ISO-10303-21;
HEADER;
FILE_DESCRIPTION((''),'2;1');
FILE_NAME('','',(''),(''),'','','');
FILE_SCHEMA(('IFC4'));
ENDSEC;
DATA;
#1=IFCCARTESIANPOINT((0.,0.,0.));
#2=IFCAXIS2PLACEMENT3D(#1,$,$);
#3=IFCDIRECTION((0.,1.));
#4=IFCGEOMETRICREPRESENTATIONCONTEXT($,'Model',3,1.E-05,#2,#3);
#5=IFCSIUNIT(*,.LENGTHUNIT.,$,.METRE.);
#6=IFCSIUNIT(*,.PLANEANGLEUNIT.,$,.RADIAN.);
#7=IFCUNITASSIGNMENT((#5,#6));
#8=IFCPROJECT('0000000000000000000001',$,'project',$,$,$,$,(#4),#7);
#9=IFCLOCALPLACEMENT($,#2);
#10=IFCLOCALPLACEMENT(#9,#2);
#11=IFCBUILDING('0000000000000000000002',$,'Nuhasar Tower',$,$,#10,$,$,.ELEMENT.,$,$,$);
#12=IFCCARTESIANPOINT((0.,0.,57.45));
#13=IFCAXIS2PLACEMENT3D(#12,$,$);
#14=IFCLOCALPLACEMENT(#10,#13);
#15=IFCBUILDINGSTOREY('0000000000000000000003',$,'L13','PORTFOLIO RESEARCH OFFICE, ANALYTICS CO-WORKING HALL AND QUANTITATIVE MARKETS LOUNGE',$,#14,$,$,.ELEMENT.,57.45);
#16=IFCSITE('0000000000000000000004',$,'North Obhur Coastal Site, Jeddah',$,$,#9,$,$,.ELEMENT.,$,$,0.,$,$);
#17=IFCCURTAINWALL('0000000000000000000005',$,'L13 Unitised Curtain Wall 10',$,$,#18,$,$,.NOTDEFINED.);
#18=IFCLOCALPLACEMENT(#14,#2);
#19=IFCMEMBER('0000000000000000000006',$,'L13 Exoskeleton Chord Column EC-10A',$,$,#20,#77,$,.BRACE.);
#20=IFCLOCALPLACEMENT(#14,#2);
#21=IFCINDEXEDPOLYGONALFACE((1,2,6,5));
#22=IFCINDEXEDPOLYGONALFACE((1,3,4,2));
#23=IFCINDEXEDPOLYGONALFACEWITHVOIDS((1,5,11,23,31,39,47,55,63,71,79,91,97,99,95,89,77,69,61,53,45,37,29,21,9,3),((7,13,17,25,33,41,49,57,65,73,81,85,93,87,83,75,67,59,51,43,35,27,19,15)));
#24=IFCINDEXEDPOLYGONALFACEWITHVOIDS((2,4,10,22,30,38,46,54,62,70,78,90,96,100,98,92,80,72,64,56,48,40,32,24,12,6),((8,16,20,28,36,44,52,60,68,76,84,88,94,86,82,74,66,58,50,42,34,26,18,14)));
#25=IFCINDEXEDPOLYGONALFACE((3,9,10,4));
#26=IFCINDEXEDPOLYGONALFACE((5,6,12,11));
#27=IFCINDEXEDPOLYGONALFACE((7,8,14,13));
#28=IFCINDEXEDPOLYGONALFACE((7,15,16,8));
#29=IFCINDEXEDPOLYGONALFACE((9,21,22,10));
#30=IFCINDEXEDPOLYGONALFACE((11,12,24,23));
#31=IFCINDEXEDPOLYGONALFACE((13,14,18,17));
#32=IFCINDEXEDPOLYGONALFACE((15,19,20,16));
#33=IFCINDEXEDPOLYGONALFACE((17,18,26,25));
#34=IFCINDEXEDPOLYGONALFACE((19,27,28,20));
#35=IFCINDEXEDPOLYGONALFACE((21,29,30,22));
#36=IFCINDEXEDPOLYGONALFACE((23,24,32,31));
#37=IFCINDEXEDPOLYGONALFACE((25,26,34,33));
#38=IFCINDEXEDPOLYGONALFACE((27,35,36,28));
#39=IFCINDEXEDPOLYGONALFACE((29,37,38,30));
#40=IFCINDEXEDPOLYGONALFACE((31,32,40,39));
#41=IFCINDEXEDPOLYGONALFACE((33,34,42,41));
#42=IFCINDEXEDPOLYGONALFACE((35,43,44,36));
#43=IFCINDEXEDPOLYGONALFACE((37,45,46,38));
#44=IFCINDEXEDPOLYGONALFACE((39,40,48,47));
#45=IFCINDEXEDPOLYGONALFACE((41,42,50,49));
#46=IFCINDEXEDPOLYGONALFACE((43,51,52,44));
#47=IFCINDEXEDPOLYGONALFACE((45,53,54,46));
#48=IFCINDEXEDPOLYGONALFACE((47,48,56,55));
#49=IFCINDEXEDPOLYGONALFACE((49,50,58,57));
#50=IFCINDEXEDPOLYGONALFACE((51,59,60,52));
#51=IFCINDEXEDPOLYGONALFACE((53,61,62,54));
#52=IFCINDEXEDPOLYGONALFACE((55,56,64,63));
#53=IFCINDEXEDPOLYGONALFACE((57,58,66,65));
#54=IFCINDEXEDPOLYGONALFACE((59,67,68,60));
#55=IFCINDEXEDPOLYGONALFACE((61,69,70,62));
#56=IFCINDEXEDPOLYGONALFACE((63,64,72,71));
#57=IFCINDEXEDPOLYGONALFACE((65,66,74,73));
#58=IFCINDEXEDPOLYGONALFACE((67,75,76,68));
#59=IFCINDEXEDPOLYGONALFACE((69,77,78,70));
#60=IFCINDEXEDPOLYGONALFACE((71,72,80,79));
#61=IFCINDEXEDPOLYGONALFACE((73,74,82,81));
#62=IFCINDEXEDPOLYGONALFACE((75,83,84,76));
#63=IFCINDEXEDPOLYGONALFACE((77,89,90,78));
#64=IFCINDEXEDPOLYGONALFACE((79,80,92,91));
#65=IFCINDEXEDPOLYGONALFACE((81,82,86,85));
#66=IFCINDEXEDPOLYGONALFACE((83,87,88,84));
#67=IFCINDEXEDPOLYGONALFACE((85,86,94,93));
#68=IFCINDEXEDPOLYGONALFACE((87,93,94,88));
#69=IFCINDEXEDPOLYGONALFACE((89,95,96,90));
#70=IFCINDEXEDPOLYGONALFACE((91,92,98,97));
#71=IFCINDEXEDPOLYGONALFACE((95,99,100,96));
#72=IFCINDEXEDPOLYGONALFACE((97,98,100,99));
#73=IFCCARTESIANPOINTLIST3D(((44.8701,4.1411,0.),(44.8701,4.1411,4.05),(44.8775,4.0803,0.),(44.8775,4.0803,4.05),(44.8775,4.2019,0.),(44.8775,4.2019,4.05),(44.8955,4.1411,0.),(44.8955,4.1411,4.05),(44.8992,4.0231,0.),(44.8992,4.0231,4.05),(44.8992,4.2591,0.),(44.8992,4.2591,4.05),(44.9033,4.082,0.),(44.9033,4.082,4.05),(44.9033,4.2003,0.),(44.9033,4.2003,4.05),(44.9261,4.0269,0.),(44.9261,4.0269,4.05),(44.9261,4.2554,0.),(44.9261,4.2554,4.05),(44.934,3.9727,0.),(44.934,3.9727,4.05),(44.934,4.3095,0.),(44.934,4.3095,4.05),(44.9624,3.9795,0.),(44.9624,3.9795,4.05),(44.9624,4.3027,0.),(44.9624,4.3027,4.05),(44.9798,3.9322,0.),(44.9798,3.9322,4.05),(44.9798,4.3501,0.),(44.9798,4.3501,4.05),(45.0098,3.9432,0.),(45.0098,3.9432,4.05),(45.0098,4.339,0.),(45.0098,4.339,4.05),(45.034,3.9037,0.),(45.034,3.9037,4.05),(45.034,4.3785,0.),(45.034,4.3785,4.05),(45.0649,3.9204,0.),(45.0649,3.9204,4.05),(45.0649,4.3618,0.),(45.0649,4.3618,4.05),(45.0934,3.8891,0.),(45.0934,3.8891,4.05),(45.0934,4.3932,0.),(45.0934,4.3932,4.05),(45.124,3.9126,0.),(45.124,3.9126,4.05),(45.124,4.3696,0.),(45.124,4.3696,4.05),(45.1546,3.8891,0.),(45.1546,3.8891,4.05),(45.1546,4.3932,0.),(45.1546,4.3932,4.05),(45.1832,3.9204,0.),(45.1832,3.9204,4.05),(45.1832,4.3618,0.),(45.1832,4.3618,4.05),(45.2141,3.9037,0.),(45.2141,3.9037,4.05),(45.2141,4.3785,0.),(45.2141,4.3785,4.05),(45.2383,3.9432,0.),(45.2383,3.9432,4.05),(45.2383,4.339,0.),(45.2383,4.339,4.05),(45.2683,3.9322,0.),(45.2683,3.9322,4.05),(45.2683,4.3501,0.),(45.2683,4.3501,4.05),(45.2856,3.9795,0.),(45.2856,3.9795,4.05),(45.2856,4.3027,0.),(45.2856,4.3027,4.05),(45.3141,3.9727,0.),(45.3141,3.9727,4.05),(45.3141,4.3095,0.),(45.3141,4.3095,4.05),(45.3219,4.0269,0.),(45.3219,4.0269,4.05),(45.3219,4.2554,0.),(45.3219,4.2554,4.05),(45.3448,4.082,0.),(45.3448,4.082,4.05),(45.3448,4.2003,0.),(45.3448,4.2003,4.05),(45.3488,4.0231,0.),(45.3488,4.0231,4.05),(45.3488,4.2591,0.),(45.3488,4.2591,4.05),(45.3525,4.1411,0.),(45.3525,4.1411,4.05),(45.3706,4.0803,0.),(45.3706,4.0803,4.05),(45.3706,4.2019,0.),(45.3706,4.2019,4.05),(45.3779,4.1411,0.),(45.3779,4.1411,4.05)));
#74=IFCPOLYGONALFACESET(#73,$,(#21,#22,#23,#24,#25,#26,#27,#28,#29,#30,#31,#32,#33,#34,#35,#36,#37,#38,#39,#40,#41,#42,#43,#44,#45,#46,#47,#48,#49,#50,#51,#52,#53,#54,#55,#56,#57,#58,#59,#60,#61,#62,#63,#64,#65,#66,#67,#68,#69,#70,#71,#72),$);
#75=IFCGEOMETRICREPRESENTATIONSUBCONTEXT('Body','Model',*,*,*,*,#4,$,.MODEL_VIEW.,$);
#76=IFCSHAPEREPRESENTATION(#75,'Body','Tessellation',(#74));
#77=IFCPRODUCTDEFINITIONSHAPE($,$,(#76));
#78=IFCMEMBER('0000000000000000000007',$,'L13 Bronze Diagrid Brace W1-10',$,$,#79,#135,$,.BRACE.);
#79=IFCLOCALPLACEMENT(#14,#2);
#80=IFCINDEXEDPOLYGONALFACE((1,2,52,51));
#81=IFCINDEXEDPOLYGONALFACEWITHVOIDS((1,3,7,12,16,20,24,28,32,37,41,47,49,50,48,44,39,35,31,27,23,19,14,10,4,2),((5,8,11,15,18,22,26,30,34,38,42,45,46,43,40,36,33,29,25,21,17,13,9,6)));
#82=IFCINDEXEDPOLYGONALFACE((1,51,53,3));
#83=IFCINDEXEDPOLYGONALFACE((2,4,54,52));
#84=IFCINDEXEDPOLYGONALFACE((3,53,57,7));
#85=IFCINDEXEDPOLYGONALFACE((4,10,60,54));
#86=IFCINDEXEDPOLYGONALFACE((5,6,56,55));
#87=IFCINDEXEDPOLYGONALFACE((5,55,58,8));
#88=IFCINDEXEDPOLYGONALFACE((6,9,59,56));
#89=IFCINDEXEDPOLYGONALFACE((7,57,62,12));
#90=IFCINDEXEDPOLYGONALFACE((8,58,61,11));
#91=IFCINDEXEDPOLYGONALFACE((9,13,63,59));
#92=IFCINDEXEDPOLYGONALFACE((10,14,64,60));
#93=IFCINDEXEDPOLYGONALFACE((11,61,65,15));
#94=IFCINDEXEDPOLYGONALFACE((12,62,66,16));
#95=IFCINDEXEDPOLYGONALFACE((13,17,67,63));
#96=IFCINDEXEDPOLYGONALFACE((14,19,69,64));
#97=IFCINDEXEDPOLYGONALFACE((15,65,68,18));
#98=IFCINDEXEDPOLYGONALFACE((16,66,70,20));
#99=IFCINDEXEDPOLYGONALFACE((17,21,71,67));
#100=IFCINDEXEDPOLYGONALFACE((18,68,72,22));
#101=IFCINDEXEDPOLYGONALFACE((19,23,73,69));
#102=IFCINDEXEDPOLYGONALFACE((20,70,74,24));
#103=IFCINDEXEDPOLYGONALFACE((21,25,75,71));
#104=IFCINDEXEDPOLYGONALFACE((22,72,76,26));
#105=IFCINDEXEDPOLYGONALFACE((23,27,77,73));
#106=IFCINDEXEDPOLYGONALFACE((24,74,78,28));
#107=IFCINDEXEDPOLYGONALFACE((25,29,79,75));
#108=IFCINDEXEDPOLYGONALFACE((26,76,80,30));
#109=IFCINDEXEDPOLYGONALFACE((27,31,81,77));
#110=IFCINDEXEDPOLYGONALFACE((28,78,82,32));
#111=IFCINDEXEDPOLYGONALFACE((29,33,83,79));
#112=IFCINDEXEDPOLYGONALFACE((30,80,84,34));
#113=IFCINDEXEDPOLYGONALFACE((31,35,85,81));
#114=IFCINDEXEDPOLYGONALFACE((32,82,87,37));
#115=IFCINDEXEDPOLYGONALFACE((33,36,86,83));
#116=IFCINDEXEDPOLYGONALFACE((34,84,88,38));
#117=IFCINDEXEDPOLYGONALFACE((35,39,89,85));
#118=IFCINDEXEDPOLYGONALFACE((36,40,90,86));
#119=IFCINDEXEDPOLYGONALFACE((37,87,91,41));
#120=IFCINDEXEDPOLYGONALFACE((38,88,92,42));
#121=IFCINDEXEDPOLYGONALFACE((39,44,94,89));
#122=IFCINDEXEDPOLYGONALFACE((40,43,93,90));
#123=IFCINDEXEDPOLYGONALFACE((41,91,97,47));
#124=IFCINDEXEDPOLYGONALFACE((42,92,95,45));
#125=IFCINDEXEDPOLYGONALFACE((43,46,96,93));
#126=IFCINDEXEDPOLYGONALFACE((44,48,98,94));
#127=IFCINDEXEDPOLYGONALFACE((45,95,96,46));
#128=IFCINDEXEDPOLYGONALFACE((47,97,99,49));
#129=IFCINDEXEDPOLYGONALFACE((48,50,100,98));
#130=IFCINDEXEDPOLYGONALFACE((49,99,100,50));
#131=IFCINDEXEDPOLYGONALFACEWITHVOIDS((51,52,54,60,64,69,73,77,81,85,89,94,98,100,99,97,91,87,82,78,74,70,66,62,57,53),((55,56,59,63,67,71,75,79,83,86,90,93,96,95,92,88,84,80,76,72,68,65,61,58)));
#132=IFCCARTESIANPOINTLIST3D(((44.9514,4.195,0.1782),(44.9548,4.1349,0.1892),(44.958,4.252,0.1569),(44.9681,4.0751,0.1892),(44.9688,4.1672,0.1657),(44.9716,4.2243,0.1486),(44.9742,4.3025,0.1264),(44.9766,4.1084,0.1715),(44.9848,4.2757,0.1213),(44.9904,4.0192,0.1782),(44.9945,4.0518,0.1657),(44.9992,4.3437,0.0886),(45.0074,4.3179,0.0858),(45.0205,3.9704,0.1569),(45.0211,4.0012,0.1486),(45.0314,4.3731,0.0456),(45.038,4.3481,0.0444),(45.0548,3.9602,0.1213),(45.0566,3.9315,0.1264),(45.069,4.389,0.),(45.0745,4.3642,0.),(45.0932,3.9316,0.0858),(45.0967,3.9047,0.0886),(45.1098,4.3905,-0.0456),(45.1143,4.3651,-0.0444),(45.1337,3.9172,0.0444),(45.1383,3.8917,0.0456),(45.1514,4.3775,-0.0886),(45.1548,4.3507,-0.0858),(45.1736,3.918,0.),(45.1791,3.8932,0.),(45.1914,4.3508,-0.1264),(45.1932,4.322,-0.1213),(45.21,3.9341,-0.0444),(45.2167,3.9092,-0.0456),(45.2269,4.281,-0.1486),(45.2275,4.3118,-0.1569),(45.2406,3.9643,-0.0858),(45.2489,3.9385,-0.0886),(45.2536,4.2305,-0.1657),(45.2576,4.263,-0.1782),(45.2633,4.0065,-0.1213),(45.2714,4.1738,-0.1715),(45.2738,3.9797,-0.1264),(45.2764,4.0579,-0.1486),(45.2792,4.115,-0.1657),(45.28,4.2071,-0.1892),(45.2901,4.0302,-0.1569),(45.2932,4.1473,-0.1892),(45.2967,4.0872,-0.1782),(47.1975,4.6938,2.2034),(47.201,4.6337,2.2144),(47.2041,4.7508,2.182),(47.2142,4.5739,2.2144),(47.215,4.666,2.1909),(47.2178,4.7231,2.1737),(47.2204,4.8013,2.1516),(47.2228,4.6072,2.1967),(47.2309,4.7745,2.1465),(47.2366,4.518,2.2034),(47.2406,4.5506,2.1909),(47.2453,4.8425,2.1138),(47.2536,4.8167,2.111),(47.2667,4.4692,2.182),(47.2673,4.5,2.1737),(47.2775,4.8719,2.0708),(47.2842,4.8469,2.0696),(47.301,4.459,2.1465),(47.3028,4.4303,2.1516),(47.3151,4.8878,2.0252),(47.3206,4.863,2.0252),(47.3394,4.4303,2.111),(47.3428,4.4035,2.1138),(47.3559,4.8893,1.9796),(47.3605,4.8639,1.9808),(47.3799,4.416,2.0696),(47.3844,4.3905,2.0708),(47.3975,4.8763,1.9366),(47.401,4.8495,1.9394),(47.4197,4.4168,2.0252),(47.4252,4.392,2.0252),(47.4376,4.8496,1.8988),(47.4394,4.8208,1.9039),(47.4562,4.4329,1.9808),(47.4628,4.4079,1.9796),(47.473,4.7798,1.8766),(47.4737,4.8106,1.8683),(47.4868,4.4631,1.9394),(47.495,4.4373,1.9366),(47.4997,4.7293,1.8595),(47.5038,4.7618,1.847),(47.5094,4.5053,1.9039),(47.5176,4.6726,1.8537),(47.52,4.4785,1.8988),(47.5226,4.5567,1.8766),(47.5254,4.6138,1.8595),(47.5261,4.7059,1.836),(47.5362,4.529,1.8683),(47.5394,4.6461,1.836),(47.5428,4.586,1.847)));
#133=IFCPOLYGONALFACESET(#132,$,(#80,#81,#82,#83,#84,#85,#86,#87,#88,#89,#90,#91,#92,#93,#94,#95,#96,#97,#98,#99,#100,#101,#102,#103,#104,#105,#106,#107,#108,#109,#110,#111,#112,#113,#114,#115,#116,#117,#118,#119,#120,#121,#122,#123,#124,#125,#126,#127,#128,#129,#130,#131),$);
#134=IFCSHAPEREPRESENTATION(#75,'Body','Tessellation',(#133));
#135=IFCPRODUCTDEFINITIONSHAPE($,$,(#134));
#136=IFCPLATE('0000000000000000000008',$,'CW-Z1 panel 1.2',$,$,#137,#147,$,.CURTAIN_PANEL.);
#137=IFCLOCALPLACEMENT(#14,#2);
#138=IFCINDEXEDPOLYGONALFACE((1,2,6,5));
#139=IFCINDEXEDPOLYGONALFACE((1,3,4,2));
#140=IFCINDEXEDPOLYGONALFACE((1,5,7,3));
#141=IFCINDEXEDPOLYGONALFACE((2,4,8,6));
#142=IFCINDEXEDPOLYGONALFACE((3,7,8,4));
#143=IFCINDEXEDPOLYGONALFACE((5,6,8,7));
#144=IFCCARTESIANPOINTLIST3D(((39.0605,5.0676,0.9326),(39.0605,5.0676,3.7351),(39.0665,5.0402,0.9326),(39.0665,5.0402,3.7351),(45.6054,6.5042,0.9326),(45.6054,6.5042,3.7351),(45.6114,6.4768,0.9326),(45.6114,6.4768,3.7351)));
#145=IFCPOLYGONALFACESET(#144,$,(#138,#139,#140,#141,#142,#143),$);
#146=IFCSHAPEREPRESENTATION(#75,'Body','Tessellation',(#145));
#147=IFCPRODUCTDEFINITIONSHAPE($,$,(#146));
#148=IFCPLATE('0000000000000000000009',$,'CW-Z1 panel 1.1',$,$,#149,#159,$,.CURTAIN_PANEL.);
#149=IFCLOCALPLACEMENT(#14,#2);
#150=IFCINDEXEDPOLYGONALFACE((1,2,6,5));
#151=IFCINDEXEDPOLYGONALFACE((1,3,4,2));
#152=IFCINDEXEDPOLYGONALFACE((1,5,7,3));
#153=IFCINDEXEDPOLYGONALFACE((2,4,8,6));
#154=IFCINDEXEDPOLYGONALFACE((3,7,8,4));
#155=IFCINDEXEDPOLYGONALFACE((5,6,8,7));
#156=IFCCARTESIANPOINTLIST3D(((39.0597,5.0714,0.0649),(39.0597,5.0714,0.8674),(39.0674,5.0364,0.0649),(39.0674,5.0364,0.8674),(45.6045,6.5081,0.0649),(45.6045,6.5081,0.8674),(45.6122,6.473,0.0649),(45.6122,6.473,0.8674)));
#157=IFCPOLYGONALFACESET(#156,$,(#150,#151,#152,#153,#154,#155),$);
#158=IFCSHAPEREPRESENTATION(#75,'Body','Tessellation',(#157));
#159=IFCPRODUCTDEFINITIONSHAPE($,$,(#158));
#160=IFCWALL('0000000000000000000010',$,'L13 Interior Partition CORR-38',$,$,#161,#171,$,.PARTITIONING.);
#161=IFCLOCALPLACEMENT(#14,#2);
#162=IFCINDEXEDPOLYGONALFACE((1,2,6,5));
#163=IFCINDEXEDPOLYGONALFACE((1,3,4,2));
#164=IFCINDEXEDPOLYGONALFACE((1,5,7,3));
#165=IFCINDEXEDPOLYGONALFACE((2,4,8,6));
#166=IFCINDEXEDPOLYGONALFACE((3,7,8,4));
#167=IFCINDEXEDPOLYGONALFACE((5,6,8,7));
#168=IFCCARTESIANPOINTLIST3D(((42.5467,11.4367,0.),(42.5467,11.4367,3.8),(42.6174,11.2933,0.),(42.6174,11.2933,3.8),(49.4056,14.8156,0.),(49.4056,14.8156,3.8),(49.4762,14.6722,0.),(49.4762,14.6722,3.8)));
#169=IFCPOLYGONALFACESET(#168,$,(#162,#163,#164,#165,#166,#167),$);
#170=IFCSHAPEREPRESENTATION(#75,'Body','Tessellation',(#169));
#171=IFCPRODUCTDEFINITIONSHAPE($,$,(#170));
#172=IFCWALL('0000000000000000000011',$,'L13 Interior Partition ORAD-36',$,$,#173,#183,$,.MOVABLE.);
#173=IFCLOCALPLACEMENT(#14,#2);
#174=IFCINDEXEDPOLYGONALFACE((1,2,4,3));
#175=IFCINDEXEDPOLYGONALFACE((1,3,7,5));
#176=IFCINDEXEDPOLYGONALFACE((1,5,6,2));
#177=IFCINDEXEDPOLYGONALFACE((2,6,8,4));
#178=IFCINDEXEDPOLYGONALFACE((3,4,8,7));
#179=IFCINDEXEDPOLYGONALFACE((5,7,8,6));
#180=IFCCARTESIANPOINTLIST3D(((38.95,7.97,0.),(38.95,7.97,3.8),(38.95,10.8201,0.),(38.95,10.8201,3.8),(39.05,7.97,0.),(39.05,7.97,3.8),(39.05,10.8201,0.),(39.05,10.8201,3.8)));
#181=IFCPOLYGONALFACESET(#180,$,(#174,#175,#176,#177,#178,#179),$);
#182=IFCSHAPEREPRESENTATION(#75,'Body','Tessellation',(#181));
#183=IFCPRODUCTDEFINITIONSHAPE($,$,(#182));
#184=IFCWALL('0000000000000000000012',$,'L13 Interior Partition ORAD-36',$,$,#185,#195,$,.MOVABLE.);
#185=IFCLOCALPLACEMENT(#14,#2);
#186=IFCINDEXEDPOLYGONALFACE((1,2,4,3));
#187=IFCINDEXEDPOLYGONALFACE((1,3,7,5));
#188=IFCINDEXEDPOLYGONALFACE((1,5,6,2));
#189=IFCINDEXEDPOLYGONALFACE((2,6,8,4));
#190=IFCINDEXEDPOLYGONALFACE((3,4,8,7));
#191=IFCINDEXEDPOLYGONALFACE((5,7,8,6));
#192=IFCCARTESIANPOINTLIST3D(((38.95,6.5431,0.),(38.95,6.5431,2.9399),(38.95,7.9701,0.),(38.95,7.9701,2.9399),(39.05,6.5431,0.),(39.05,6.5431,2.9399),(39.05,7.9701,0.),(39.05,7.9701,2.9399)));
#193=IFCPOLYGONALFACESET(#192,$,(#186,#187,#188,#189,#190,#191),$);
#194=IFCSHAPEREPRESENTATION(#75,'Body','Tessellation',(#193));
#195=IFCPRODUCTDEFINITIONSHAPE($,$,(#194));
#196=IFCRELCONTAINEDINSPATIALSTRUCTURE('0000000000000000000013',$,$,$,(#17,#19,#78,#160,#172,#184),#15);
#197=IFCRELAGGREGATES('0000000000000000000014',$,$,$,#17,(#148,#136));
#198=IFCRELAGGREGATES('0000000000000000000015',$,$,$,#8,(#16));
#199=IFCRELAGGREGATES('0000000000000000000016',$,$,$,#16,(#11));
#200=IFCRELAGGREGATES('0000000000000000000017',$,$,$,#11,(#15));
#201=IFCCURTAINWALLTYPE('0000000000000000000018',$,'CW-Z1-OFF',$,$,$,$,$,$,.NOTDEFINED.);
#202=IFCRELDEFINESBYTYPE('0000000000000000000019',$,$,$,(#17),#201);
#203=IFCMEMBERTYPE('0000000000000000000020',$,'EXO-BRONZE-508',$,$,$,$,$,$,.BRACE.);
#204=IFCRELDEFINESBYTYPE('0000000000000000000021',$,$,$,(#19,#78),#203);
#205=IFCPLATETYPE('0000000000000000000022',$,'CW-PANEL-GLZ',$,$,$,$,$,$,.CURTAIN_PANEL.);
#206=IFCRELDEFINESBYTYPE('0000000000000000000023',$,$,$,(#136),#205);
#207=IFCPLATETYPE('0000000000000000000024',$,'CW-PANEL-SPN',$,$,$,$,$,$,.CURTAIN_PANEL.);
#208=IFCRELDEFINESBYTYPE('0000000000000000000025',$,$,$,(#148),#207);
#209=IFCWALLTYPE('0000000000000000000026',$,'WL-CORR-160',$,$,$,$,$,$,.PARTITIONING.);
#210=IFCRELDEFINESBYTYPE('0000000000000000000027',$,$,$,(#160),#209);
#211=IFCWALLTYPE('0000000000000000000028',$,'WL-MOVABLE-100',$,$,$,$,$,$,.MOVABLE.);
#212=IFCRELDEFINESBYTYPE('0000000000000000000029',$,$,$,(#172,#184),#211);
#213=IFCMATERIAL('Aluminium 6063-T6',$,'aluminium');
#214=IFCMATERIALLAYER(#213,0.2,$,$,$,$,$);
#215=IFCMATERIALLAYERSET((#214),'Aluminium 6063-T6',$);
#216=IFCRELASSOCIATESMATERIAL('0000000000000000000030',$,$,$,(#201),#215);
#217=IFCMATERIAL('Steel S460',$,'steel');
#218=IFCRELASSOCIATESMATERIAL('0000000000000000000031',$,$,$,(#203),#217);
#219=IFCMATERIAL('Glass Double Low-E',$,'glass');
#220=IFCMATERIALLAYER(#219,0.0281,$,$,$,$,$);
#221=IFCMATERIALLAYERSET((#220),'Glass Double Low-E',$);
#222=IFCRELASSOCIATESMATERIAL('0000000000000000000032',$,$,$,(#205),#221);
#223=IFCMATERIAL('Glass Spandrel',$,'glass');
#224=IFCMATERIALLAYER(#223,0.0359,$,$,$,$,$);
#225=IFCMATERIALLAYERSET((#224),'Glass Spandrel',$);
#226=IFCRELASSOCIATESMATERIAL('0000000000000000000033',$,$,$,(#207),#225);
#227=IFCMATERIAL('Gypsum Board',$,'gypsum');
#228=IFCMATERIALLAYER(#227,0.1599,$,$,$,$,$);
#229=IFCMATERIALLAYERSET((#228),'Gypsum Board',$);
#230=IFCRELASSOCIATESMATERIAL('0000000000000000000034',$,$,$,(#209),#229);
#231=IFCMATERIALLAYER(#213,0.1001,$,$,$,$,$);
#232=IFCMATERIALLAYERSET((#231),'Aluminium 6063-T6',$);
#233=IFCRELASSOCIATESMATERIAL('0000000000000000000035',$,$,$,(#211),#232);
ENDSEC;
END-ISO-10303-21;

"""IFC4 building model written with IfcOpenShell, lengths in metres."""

from ifc_helpers import new_model, si_unit, direction, frame, frame_2d, origin, origin_2d, place, context, subcontext, project, spatial, rectangle, hollow_circle, extrude, material, layer, layer_set, material_profile, profile_set, type_object, element, aggregate, save


model = new_model("IFC4")

# Units and contexts
model_context = context("Model", 3, precision=1e-05, world=origin(), true_north=direction((0.0, 1.0)))
body_context = subcontext(model_context, "Body", "Model", "MODEL_VIEW")
ifc_project = project(units=[si_unit("LENGTHUNIT", "METRE"), si_unit("PLANEANGLEUNIT", "RADIAN")], contexts=[model_context])

# Site, building, storey
site_placement = place(None, origin())
site = spatial("IfcSite", under=ifc_project, at=site_placement, Name="North Obhur Coastal Site, Jeddah", CompositionType="ELEMENT", RefElevation=0.0)
building_placement = place(site_placement, origin())
building = spatial("IfcBuilding", under=site, at=building_placement, Name="Nuhasar Tower", CompositionType="ELEMENT")
storey_placement = place(building_placement, frame((0.0, 0.0, 57.45)))
storey = spatial("IfcBuildingStorey", under=building, at=storey_placement, Name="L13", Description="PORTFOLIO RESEARCH OFFICE, ANALYTICS CO-WORKING HALL AND QUANTITATIVE MARKETS LOUNGE", CompositionType="ELEMENT", Elevation=57.45)

# Curtain wall
ifc_material_1 = material(Name="Aluminium 6063-T6", Category="aluminium")
ifc_layer_1 = layer(ifc_material_1, 0.2)
ifc_layer_set_1 = layer_set([ifc_layer_1], Name="Aluminium 6063-T6")
curtain_wall_type = type_object("IfcCurtainWallType", Name="CW-Z1-OFF", PredefinedType="NOTDEFINED", material=ifc_layer_set_1)
curtain_wall_placement = place(storey_placement, origin())
curtain_wall = element("IfcCurtainWall", 1, at=curtain_wall_placement, inside=storey, type_object=curtain_wall_type, Name="L13 Unitised Curtain Wall 10", PredefinedType="NOTDEFINED")

# Members
ifc_material_2 = material(Name="Steel S460", Category="steel")
ifc_material_profile_1 = material_profile(ifc_material_2, hollow_circle(Radius=0.2539, WallThickness=0.0254, at=origin_2d()), Name="HSS508X25.4")
ifc_profile_set_1 = profile_set([ifc_material_profile_1], Name="Steel S460")
member_type_1 = type_object("IfcMemberType", Name="EXO-BRONZE-508", PredefinedType="BRACE", material=ifc_profile_set_1)
member_1_placement = place(storey_placement, frame((45.124, 4.1411, 0.0), z_axis=(0.0, 0.0, 1.0), x_axis=(1.0, 0.0, 0.0)))
element("IfcMember", 2, at=member_1_placement, inside=storey, type_object=member_type_1, Name="L13 Exoskeleton Chord Column EC-10A", PredefinedType="BRACE", context=body_context, shape_type="SweptSolid", body=[
    extrude(hollow_circle(Radius=0.2539, WallThickness=0.0254, at=origin_2d()), origin(), (0.0, 0.0, 1.0), 4.05),
])
member_2_placement = place(storey_placement, frame((45.124, 4.1411, 0.0), z_axis=(0.732792, 0.162728, 0.660708), x_axis=(-0.216784, 0.97622, 0.0)))
element("IfcMember", 3, at=member_2_placement, inside=storey, type_object=member_type_1, Name="L13 Bronze Diagrid Brace W1-10", PredefinedType="BRACE", context=body_context, shape_type="SweptSolid", body=[
    extrude(hollow_circle(Radius=0.2539, WallThickness=0.0254, at=origin_2d()), origin(), (0.0, 0.0, 1.0), 3.0652),
])

# Plates
ifc_material_3 = material(Name="Glass Double Low-E", Category="glass")
ifc_layer_2 = layer(ifc_material_3, 0.0281)
ifc_layer_set_2 = layer_set([ifc_layer_2], Name="Glass Double Low-E")
plate_type_1 = type_object("IfcPlateType", Name="CW-PANEL-GLZ", PredefinedType="CURTAIN_PANEL", material=ifc_layer_set_2)
plate_1_placement = place(storey_placement, frame((42.3359, 5.7722, 0.9326), z_axis=(0.0, 0.0, 1.0), x_axis=(0.976746, 0.214399, 0.0)))
plate_1 = element("IfcPlate", 4, at=plate_1_placement, type_object=plate_type_1, Name="CW-Z1 panel 1.2", PredefinedType="CURTAIN_PANEL", context=body_context, shape_type="SweptSolid", body=[
    extrude(rectangle(XDim=6.7007, YDim=0.0281, at=origin_2d()), origin(), (0.0, 0.0, 1.0), 2.8025),
])
ifc_material_4 = material(Name="Glass Spandrel", Category="glass")
ifc_layer_3 = layer(ifc_material_4, 0.0359)
ifc_layer_set_3 = layer_set([ifc_layer_3], Name="Glass Spandrel")
plate_type_2 = type_object("IfcPlateType", Name="CW-PANEL-SPN", PredefinedType="CURTAIN_PANEL", material=ifc_layer_set_3)
plate_2_placement = place(storey_placement, frame((42.3359, 5.7722, 0.0649), z_axis=(0.0, 0.0, 1.0), x_axis=(0.976746, 0.214399, 0.0)))
plate_2 = element("IfcPlate", 5, at=plate_2_placement, type_object=plate_type_2, Name="CW-Z1 panel 1.1", PredefinedType="CURTAIN_PANEL", context=body_context, shape_type="SweptSolid", body=[
    extrude(rectangle(XDim=6.7007, YDim=0.0359, at=origin_2d()), origin(), (0.0, 0.0, 1.0), 0.8025),
])
aggregate(curtain_wall, [plate_2, plate_1])

# Shared definitions
ifc_material_5 = material(Name="Gypsum Board", Category="gypsum")
ifc_layer_4 = layer(ifc_material_5, 0.1599)
ifc_layer_set_4 = layer_set([ifc_layer_4], Name="Gypsum Board")
wall_type_1 = type_object("IfcWallType", Name="WL-CORR-160", PredefinedType="PARTITIONING", material=ifc_layer_set_4)

# Walls
wall_1_placement = place(storey_placement, frame((42.582, 11.365, 0.0), z_axis=(0.0, 0.0, 1.0), x_axis=(0.897055, 0.441918, 0.0)))
element("IfcWall", 6, at=wall_1_placement, inside=storey, type_object=wall_type_1, Name="L13 Interior Partition CORR-38", PredefinedType="PARTITIONING", context=body_context, shape_type="SweptSolid", body=[
    extrude(rectangle(XDim=7.646, YDim=0.1599, at=frame_2d((3.823, 0.0))), origin(), (0.0, 0.0, 1.0), 3.8),
])
ifc_layer_5 = layer(ifc_material_1, 0.1001)
ifc_layer_set_5 = layer_set([ifc_layer_5], Name="Aluminium 6063-T6")
wall_type_2 = type_object("IfcWallType", Name="WL-MOVABLE-100", PredefinedType="MOVABLE", material=ifc_layer_set_5)
wall_2_placement = place(storey_placement, frame((39.0, 10.8201, 0.0), z_axis=(0.0, 0.0, 1.0), x_axis=(0.0, -1.0, 0.0)))
element("IfcWall", 7, at=wall_2_placement, inside=storey, type_object=wall_type_2, Name="L13 Interior Partition ORAD-36", PredefinedType="MOVABLE", context=body_context, shape_type="SweptSolid", body=[
    extrude(rectangle(XDim=2.8501, YDim=0.1001, at=frame_2d((1.425, 0.0))), origin(), (0.0, 0.0, 1.0), 3.8),
])
wall_3_placement = place(storey_placement, frame((39.0, 7.97, 0.0), z_axis=(0.0, 0.0, 1.0), x_axis=(0.0, -1.0, 0.0)))
element("IfcWall", 8, at=wall_3_placement, inside=storey, type_object=wall_type_2, Name="L13 Interior Partition ORAD-36", PredefinedType="MOVABLE", context=body_context, shape_type="SweptSolid", body=[
    extrude(rectangle(XDim=1.427, YDim=0.1001, at=frame_2d((0.7134, 0.0))), origin(), (0.0, 0.0, 1.0), 2.9399),
])

save(model, "model.ifc")
